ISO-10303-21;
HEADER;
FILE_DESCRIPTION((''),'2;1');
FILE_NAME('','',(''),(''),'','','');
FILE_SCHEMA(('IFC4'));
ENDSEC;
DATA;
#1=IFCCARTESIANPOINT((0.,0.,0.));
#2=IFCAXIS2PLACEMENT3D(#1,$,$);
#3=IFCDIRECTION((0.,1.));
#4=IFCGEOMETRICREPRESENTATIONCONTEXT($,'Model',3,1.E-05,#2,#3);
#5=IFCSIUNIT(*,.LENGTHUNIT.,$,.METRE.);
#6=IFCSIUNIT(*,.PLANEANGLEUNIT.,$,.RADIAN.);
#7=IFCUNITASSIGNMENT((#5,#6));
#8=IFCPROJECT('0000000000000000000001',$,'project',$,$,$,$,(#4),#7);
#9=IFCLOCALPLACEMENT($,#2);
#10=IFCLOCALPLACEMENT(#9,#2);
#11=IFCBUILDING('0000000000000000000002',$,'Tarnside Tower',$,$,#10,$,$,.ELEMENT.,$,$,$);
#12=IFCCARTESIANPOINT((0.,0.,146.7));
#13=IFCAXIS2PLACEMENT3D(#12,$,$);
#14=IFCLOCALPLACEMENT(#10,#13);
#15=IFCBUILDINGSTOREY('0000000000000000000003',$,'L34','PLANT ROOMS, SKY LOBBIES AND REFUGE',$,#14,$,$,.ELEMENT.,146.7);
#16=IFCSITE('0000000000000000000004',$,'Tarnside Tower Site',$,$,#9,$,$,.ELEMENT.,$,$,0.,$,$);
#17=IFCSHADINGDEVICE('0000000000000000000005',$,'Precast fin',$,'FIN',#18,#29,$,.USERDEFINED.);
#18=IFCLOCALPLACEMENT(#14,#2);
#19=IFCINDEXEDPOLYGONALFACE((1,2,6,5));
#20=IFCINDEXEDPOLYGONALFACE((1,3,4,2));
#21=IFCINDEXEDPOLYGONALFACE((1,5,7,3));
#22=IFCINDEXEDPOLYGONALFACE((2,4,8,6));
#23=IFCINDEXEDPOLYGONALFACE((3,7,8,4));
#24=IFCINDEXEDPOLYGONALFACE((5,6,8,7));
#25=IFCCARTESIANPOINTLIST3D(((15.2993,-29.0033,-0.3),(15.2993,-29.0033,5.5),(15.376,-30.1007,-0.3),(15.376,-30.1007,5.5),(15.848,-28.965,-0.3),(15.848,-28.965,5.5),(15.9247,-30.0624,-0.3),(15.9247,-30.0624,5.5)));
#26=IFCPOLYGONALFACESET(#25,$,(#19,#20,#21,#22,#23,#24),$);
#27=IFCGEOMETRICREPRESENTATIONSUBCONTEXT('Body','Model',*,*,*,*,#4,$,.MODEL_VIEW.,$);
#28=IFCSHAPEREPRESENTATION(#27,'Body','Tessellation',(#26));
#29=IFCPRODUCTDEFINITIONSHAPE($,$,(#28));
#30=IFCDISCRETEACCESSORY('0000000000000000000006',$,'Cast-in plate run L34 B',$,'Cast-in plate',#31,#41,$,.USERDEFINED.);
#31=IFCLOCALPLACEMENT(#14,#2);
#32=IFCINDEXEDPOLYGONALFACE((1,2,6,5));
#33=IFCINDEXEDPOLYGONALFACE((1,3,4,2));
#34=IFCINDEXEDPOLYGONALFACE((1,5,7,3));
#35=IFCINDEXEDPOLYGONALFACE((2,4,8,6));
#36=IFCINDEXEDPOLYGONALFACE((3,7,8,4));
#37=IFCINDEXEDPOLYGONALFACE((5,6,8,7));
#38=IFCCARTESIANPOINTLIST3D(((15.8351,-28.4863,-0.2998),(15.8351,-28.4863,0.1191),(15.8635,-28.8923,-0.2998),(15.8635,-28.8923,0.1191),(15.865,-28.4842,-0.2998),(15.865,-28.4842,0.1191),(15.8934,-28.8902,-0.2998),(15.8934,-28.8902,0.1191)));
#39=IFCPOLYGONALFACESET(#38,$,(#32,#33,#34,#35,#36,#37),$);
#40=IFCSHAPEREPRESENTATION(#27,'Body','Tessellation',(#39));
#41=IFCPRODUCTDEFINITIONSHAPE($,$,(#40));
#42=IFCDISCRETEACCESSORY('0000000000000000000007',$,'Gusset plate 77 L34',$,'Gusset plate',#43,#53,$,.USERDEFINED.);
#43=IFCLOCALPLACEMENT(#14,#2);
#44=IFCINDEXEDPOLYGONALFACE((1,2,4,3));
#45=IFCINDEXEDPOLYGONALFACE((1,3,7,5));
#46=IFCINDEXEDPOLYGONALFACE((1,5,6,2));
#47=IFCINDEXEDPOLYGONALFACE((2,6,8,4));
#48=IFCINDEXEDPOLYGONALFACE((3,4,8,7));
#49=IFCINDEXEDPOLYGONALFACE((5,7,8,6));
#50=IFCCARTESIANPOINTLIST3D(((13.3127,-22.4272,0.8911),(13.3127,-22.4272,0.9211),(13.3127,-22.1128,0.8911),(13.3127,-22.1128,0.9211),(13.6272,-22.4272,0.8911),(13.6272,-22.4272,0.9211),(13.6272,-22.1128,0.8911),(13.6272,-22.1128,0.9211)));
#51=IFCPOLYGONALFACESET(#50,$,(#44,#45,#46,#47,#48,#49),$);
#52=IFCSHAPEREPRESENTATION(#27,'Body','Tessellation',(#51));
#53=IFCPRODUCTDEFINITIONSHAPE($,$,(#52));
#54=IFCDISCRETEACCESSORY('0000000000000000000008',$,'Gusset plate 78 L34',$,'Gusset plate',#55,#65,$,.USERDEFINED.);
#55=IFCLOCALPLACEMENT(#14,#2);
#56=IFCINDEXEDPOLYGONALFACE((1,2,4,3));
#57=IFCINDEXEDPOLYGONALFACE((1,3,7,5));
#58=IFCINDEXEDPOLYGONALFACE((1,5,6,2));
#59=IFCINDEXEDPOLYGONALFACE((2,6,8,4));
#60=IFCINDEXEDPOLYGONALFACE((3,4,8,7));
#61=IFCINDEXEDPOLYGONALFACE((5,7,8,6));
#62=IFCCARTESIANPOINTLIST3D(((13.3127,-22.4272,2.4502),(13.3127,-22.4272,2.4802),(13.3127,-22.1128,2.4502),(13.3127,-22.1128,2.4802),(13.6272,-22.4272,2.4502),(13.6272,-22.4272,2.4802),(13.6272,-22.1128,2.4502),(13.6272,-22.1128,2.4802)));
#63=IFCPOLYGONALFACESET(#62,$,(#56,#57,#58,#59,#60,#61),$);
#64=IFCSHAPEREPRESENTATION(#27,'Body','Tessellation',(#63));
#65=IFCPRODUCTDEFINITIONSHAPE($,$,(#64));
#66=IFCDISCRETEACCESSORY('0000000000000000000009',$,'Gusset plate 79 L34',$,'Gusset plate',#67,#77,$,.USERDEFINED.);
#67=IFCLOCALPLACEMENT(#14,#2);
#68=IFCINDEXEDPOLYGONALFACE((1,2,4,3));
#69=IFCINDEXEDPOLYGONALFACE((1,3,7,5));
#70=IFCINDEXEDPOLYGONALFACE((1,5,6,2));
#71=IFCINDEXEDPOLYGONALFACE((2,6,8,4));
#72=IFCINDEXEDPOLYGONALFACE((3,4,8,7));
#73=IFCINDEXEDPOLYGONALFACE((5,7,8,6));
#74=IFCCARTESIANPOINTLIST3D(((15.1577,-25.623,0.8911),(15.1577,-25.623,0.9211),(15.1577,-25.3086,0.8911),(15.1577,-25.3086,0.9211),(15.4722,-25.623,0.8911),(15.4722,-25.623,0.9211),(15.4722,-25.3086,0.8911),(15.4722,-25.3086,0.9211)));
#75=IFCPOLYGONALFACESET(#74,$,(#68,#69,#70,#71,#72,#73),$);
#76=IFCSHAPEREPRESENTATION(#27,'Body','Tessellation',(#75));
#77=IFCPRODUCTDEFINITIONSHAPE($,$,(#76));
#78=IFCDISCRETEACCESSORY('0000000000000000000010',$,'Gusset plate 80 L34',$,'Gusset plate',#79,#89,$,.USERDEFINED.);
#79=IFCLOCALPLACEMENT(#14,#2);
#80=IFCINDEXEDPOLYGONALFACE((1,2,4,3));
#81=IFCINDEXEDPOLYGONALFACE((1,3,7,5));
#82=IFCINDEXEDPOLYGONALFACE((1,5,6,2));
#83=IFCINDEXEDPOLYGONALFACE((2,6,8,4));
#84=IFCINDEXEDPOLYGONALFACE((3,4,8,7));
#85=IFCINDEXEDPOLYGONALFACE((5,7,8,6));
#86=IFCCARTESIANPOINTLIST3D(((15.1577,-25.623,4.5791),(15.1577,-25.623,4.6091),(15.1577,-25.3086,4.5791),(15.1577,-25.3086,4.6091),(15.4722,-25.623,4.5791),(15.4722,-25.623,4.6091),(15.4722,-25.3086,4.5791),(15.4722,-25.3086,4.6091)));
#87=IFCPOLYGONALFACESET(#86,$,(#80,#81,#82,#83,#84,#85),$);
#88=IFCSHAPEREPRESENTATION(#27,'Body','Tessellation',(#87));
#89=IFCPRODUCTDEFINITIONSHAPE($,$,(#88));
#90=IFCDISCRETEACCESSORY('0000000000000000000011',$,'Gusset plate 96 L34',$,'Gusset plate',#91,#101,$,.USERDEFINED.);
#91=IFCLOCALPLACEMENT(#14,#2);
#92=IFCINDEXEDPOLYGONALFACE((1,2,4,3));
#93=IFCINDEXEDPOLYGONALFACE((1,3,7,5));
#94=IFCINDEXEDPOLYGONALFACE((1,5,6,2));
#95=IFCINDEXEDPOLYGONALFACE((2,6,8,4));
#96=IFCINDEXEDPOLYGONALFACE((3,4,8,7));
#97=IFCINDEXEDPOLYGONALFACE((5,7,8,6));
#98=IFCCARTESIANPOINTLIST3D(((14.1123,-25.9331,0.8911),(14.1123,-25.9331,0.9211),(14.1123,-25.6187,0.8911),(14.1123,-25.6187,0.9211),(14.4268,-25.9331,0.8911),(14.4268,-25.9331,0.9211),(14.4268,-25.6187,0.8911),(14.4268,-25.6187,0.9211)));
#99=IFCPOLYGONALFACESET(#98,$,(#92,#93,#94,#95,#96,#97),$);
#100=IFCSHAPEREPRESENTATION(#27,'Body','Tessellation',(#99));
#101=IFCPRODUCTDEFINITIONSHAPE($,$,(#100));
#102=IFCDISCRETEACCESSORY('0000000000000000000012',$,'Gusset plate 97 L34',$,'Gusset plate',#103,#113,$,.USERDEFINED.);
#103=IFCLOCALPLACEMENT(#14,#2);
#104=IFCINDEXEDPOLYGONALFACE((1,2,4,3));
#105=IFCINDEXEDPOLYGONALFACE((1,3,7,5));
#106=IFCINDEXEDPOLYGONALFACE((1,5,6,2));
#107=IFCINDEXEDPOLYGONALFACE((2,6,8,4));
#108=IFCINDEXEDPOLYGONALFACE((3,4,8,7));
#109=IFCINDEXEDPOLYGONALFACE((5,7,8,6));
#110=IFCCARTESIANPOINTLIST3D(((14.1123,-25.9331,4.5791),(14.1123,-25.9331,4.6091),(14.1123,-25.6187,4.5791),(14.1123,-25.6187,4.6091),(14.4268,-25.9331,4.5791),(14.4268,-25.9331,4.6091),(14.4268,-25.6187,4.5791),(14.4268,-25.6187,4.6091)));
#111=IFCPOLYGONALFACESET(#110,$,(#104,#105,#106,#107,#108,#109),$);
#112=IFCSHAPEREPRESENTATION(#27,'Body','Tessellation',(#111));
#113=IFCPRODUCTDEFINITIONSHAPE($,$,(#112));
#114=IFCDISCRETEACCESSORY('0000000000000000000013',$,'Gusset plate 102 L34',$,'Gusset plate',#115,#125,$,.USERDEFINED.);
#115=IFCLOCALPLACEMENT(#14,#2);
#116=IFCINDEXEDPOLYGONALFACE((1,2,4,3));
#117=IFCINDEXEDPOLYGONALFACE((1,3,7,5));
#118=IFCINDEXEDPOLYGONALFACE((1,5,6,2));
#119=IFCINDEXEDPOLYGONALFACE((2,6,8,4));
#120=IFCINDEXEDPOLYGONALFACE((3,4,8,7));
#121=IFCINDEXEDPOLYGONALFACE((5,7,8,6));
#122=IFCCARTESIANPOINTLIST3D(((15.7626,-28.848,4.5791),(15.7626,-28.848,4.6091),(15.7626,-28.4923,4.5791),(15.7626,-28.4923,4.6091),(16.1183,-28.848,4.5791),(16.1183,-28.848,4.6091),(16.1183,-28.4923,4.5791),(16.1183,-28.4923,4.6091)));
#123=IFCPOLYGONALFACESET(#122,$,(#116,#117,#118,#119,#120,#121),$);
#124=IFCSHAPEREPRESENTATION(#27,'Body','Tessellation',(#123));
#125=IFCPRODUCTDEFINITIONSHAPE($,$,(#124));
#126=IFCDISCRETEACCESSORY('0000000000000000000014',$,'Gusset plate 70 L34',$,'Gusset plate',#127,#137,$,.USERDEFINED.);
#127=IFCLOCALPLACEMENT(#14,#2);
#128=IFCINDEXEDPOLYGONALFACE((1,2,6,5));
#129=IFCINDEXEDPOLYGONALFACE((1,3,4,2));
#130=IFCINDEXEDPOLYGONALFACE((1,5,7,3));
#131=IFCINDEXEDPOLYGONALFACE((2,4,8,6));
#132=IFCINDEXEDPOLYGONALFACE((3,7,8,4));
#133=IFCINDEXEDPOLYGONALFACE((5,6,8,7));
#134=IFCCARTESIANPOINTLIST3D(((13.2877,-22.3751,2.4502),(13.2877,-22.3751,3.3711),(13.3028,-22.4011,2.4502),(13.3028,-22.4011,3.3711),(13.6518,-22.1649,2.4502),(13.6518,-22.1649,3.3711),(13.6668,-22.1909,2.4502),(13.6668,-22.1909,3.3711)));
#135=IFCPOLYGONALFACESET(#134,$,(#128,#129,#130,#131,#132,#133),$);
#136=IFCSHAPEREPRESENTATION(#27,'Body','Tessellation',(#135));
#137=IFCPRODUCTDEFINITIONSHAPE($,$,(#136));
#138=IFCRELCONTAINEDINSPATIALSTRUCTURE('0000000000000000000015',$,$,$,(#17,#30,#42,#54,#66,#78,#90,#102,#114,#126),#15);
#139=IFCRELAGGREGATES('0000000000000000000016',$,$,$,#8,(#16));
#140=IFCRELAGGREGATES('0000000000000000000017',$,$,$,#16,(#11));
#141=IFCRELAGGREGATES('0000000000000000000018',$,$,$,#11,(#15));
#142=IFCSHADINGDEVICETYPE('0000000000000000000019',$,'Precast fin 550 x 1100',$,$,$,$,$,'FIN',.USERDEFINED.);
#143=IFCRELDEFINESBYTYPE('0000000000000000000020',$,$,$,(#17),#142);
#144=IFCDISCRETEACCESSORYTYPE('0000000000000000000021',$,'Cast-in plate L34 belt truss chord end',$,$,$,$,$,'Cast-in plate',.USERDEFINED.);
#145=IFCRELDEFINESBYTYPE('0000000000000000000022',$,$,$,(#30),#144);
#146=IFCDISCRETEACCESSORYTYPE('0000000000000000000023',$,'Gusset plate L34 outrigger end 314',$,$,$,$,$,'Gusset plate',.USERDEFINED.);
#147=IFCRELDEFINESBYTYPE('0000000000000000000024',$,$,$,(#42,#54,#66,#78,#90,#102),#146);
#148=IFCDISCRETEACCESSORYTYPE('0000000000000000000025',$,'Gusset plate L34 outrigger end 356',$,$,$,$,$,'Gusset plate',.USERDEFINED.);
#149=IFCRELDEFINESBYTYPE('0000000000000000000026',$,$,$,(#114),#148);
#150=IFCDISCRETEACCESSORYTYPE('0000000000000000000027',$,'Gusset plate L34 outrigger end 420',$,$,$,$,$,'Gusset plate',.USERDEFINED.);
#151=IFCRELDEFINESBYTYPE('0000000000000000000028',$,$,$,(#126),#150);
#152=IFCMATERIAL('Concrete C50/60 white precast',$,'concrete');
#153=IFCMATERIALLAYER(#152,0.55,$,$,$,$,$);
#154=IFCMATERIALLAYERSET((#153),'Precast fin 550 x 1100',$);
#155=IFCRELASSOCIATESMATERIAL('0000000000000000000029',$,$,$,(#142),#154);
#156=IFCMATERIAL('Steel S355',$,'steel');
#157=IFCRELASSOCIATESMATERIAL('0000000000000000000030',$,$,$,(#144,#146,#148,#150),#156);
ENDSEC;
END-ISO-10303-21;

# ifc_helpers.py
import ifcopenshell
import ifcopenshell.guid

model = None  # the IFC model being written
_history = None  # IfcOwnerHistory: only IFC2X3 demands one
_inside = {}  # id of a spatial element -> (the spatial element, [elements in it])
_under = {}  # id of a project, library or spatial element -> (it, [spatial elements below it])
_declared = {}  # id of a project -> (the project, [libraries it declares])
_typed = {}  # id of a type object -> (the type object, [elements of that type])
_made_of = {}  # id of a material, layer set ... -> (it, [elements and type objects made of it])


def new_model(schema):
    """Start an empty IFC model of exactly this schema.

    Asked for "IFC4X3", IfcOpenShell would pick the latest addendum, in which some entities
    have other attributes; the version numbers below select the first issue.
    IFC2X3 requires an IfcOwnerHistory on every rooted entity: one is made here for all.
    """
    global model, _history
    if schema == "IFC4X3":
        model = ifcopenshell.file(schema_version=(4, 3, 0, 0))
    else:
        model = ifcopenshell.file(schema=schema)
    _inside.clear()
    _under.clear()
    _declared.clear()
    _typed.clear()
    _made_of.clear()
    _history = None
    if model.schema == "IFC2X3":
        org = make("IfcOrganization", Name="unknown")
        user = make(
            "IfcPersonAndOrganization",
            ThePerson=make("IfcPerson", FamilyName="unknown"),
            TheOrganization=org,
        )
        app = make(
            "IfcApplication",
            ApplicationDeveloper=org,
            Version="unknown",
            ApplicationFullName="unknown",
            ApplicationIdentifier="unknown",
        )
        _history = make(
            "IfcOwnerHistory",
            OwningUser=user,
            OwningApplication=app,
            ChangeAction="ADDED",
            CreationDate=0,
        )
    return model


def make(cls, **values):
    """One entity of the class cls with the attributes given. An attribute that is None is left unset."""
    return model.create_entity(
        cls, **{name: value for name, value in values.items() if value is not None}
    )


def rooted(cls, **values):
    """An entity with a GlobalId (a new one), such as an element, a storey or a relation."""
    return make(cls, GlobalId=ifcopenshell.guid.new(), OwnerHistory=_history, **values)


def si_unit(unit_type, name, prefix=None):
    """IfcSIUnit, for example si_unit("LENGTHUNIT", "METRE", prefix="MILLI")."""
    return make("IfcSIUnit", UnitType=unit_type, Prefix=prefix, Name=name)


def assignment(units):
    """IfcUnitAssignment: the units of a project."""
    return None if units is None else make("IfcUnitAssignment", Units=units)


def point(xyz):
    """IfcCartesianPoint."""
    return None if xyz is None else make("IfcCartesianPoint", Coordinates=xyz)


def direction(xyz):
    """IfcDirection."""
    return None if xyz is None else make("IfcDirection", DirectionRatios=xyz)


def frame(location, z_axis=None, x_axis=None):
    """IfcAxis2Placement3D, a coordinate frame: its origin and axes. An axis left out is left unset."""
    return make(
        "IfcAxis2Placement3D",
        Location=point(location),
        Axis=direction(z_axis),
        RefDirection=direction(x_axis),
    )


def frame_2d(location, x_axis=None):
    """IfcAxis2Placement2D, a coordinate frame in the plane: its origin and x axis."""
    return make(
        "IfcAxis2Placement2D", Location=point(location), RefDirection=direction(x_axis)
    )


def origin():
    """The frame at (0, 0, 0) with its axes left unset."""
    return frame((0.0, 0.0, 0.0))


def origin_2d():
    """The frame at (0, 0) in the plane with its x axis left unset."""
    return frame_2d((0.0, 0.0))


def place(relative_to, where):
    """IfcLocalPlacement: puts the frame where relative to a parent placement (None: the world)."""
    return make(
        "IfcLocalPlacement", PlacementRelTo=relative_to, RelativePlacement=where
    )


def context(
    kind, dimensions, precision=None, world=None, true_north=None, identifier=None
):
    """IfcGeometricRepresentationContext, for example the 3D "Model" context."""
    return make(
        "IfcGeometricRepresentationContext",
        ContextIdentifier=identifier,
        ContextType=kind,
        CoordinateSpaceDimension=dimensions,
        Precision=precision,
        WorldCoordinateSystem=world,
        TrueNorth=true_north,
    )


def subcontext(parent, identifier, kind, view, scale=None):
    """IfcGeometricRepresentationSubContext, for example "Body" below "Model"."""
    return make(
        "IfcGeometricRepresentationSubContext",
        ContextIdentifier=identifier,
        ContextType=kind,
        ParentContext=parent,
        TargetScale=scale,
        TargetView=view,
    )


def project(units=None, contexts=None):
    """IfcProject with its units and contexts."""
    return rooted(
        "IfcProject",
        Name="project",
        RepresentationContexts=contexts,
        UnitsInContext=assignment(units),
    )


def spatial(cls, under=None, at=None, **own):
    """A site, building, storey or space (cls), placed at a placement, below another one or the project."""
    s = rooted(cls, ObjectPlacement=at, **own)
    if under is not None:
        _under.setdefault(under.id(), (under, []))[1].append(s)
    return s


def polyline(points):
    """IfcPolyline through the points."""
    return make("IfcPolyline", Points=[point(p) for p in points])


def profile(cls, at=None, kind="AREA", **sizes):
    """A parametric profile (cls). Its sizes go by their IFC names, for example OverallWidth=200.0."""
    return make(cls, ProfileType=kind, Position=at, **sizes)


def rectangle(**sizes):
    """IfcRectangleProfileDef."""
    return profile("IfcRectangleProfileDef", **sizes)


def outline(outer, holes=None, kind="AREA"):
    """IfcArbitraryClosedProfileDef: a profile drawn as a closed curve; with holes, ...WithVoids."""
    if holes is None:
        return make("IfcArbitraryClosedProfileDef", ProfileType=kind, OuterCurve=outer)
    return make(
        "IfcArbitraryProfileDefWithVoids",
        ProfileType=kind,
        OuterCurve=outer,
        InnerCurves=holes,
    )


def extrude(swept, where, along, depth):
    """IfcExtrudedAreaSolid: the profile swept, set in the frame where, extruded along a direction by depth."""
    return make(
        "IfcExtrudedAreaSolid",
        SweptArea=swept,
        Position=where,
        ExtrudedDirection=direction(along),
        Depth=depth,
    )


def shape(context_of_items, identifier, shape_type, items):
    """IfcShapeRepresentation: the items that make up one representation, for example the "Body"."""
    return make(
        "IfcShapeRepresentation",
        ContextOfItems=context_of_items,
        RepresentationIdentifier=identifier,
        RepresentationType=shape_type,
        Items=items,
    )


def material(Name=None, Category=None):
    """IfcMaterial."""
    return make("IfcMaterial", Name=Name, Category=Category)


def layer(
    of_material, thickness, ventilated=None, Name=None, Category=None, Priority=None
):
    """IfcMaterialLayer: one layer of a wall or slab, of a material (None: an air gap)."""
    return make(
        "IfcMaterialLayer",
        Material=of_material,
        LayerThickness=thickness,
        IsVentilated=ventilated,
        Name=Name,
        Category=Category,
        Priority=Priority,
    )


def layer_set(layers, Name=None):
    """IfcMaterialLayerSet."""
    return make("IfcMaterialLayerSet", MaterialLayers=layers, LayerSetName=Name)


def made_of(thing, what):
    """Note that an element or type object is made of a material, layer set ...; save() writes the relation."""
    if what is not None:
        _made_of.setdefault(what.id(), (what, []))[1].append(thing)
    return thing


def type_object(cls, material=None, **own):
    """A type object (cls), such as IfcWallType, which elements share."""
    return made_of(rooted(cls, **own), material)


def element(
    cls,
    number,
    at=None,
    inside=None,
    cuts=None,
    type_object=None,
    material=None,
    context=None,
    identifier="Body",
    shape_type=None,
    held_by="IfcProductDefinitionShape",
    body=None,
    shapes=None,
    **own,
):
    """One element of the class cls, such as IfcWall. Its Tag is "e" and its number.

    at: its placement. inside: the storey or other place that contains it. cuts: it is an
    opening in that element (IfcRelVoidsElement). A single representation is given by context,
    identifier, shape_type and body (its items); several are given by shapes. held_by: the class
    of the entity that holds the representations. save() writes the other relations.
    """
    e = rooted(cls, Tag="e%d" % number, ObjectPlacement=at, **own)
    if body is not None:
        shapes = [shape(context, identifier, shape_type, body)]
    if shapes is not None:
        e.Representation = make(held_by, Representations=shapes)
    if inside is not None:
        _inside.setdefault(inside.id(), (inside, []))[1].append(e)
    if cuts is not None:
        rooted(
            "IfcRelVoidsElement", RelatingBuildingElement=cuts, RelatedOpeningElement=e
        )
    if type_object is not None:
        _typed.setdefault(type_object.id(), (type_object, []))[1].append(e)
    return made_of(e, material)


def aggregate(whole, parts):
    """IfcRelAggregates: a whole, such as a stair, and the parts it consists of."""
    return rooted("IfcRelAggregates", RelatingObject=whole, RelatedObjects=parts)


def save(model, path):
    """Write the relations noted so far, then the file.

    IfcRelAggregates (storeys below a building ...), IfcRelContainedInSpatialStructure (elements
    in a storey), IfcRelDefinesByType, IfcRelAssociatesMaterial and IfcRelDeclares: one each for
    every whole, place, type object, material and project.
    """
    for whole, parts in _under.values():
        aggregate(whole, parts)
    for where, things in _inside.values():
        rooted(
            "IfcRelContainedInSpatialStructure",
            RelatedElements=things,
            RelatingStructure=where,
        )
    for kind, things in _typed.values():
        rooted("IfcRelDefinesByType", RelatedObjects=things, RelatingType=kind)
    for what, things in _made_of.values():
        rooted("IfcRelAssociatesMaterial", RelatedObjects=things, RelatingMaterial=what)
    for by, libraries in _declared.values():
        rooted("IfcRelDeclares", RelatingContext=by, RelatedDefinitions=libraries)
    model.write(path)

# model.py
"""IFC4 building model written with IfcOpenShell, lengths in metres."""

from ifc_helpers import new_model, si_unit, direction, frame, origin, origin_2d, place, context, subcontext, project, spatial, polyline, rectangle, outline, extrude, material, layer, layer_set, type_object, element, save


model = new_model("IFC4")

# Units and contexts
model_context = context("Model", 3, precision=1e-05, world=origin(), true_north=direction((0.0, 1.0)))
body_context = subcontext(model_context, "Body", "Model", "MODEL_VIEW")
ifc_project = project(units=[si_unit("LENGTHUNIT", "METRE"), si_unit("PLANEANGLEUNIT", "RADIAN")], contexts=[model_context])

# Site, building, storey
site_placement = place(None, origin())
site = spatial("IfcSite", under=ifc_project, at=site_placement, Name="Tarnside Tower Site", CompositionType="ELEMENT", RefElevation=0.0)
building_placement = place(site_placement, origin())
building = spatial("IfcBuilding", under=site, at=building_placement, Name="Tarnside Tower", CompositionType="ELEMENT")
storey_placement = place(building_placement, frame((0.0, 0.0, 146.7)))
storey = spatial("IfcBuildingStorey", under=building, at=storey_placement, Name="L34", Description="PLANT ROOMS, SKY LOBBIES AND REFUGE", CompositionType="ELEMENT", Elevation=146.7)

# Shared definitions
ifc_material_1 = material(Name="Steel S355", Category="steel")

# Shading device
ifc_material_2 = material(Name="Concrete C50/60 white precast", Category="concrete")
ifc_layer_1 = layer(ifc_material_2, 0.55)
ifc_layer_set_1 = layer_set([ifc_layer_1], Name="Precast fin 550 x 1100")
shading_device_type_1 = type_object("IfcShadingDeviceType", Name="Precast fin 550 x 1100", ElementType="FIN", PredefinedType="USERDEFINED", material=ifc_layer_set_1)
for number, where, z_axis, x_axis, name in (
    (1, (15.5737, -28.9841, -0.3), (-0.997564, -0.069756, 0.0), (0.069756, -0.997564, 0.0), "Precast fin"),
):
    element("IfcShadingDevice", number, at=place(storey_placement, frame(where, z_axis=z_axis, x_axis=x_axis)), inside=storey, type_object=shading_device_type_1, Name=name, ObjectType="FIN", PredefinedType="USERDEFINED", context=body_context, shape_type="SweptSolid", body=[
        extrude(outline(polyline([(0.0, 0.0), (1.1001, 0.0), (1.1001, 5.8), (0.0, 5.8), (0.0, 0.0)])), frame((0.0, 0.0, -0.2749)), (0.0, 0.0, 1.0), 0.55),
    ])

# Discrete accessories
discrete_accessory_type_1 = type_object("IfcDiscreteAccessoryType", Name="Cast-in plate L34 belt truss chord end", ElementType="Cast-in plate", PredefinedType="USERDEFINED", material=ifc_material_1)
discrete_accessory_1_placement = place(storey_placement, frame((15.8643, -28.6882, -0.2998), z_axis=(0.0, 0.0, 1.0), x_axis=(0.997564, 0.069756, 0.0)))
element("IfcDiscreteAccessory", 2, at=discrete_accessory_1_placement, inside=storey, type_object=discrete_accessory_type_1, Name="Cast-in plate run L34 B", ObjectType="Cast-in plate", PredefinedType="USERDEFINED", context=body_context, shape_type="SweptSolid", body=[
    extrude(rectangle(XDim=0.03, YDim=0.407, at=origin_2d()), origin(), (0.0, 0.0, 1.0), 0.4189),
])
discrete_accessory_type_2 = type_object("IfcDiscreteAccessoryType", Name="Gusset plate L34 outrigger end 314", ElementType="Gusset plate", PredefinedType="USERDEFINED", material=ifc_material_1)
for number, where, z_axis, x_axis, name in (
    (3, (13.47, -22.27, 0.8911), (0.0, 0.0, 1.0), (1.0, 0.0, 0.0), "Gusset plate 77 L34"),
    (4, (13.47, -22.27, 2.4502), (0.0, 0.0, 1.0), (1.0, 0.0, 0.0), "Gusset plate 78 L34"),
    (5, (15.3149, -25.4658, 0.8911), (0.0, 0.0, 1.0), (1.0, 0.0, 0.0), "Gusset plate 79 L34"),
    (6, (15.3149, -25.4658, 4.5791), (0.0, 0.0, 1.0), (1.0, 0.0, 0.0), "Gusset plate 80 L34"),
    (7, (14.2695, -25.7759, 0.8911), (0.0, 0.0, 1.0), (1.0, 0.0, 0.0), "Gusset plate 96 L34"),
    (8, (14.2695, -25.7759, 4.5791), (0.0, 0.0, 1.0), (1.0, 0.0, 0.0), "Gusset plate 97 L34"),
):
    element("IfcDiscreteAccessory", number, at=place(storey_placement, frame(where, z_axis=z_axis, x_axis=x_axis)), inside=storey, type_object=discrete_accessory_type_2, Name=name, ObjectType="Gusset plate", PredefinedType="USERDEFINED", context=body_context, shape_type="SweptSolid", body=[
        extrude(rectangle(XDim=0.3145, YDim=0.3145, at=origin_2d()), origin(), (0.0, 0.0, 1.0), 0.03),
    ])
discrete_accessory_type_3 = type_object("IfcDiscreteAccessoryType", Name="Gusset plate L34 outrigger end 356", ElementType="Gusset plate", PredefinedType="USERDEFINED", material=ifc_material_1)
discrete_accessory_2_placement = place(storey_placement, frame((15.9404, -28.6702, 4.5791), z_axis=(0.0, 0.0, 1.0), x_axis=(1.0, 0.0, 0.0)))
element("IfcDiscreteAccessory", 9, at=discrete_accessory_2_placement, inside=storey, type_object=discrete_accessory_type_3, Name="Gusset plate 102 L34", ObjectType="Gusset plate", PredefinedType="USERDEFINED", context=body_context, shape_type="SweptSolid", body=[
    extrude(rectangle(XDim=0.3557, YDim=0.3557, at=origin_2d()), origin(), (0.0, 0.0, 1.0), 0.03),
])
discrete_accessory_type_4 = type_object("IfcDiscreteAccessoryType", Name="Gusset plate L34 outrigger end 420", ElementType="Gusset plate", PredefinedType="USERDEFINED", material=ifc_material_1)
discrete_accessory_3_placement = place(storey_placement, frame((13.4773, -22.283, 2.4502), z_axis=(0.0, 0.0, 1.0), x_axis=(0.500012, -0.866018, 0.0)))
element("IfcDiscreteAccessory", 10, at=discrete_accessory_3_placement, inside=storey, type_object=discrete_accessory_type_4, Name="Gusset plate 70 L34", ObjectType="Gusset plate", PredefinedType="USERDEFINED", context=body_context, shape_type="SweptSolid", body=[
    extrude(rectangle(XDim=0.03, YDim=0.4204, at=origin_2d()), origin(), (0.0, 0.0, 1.0), 0.9209),
])

save(model, "model.ifc")
